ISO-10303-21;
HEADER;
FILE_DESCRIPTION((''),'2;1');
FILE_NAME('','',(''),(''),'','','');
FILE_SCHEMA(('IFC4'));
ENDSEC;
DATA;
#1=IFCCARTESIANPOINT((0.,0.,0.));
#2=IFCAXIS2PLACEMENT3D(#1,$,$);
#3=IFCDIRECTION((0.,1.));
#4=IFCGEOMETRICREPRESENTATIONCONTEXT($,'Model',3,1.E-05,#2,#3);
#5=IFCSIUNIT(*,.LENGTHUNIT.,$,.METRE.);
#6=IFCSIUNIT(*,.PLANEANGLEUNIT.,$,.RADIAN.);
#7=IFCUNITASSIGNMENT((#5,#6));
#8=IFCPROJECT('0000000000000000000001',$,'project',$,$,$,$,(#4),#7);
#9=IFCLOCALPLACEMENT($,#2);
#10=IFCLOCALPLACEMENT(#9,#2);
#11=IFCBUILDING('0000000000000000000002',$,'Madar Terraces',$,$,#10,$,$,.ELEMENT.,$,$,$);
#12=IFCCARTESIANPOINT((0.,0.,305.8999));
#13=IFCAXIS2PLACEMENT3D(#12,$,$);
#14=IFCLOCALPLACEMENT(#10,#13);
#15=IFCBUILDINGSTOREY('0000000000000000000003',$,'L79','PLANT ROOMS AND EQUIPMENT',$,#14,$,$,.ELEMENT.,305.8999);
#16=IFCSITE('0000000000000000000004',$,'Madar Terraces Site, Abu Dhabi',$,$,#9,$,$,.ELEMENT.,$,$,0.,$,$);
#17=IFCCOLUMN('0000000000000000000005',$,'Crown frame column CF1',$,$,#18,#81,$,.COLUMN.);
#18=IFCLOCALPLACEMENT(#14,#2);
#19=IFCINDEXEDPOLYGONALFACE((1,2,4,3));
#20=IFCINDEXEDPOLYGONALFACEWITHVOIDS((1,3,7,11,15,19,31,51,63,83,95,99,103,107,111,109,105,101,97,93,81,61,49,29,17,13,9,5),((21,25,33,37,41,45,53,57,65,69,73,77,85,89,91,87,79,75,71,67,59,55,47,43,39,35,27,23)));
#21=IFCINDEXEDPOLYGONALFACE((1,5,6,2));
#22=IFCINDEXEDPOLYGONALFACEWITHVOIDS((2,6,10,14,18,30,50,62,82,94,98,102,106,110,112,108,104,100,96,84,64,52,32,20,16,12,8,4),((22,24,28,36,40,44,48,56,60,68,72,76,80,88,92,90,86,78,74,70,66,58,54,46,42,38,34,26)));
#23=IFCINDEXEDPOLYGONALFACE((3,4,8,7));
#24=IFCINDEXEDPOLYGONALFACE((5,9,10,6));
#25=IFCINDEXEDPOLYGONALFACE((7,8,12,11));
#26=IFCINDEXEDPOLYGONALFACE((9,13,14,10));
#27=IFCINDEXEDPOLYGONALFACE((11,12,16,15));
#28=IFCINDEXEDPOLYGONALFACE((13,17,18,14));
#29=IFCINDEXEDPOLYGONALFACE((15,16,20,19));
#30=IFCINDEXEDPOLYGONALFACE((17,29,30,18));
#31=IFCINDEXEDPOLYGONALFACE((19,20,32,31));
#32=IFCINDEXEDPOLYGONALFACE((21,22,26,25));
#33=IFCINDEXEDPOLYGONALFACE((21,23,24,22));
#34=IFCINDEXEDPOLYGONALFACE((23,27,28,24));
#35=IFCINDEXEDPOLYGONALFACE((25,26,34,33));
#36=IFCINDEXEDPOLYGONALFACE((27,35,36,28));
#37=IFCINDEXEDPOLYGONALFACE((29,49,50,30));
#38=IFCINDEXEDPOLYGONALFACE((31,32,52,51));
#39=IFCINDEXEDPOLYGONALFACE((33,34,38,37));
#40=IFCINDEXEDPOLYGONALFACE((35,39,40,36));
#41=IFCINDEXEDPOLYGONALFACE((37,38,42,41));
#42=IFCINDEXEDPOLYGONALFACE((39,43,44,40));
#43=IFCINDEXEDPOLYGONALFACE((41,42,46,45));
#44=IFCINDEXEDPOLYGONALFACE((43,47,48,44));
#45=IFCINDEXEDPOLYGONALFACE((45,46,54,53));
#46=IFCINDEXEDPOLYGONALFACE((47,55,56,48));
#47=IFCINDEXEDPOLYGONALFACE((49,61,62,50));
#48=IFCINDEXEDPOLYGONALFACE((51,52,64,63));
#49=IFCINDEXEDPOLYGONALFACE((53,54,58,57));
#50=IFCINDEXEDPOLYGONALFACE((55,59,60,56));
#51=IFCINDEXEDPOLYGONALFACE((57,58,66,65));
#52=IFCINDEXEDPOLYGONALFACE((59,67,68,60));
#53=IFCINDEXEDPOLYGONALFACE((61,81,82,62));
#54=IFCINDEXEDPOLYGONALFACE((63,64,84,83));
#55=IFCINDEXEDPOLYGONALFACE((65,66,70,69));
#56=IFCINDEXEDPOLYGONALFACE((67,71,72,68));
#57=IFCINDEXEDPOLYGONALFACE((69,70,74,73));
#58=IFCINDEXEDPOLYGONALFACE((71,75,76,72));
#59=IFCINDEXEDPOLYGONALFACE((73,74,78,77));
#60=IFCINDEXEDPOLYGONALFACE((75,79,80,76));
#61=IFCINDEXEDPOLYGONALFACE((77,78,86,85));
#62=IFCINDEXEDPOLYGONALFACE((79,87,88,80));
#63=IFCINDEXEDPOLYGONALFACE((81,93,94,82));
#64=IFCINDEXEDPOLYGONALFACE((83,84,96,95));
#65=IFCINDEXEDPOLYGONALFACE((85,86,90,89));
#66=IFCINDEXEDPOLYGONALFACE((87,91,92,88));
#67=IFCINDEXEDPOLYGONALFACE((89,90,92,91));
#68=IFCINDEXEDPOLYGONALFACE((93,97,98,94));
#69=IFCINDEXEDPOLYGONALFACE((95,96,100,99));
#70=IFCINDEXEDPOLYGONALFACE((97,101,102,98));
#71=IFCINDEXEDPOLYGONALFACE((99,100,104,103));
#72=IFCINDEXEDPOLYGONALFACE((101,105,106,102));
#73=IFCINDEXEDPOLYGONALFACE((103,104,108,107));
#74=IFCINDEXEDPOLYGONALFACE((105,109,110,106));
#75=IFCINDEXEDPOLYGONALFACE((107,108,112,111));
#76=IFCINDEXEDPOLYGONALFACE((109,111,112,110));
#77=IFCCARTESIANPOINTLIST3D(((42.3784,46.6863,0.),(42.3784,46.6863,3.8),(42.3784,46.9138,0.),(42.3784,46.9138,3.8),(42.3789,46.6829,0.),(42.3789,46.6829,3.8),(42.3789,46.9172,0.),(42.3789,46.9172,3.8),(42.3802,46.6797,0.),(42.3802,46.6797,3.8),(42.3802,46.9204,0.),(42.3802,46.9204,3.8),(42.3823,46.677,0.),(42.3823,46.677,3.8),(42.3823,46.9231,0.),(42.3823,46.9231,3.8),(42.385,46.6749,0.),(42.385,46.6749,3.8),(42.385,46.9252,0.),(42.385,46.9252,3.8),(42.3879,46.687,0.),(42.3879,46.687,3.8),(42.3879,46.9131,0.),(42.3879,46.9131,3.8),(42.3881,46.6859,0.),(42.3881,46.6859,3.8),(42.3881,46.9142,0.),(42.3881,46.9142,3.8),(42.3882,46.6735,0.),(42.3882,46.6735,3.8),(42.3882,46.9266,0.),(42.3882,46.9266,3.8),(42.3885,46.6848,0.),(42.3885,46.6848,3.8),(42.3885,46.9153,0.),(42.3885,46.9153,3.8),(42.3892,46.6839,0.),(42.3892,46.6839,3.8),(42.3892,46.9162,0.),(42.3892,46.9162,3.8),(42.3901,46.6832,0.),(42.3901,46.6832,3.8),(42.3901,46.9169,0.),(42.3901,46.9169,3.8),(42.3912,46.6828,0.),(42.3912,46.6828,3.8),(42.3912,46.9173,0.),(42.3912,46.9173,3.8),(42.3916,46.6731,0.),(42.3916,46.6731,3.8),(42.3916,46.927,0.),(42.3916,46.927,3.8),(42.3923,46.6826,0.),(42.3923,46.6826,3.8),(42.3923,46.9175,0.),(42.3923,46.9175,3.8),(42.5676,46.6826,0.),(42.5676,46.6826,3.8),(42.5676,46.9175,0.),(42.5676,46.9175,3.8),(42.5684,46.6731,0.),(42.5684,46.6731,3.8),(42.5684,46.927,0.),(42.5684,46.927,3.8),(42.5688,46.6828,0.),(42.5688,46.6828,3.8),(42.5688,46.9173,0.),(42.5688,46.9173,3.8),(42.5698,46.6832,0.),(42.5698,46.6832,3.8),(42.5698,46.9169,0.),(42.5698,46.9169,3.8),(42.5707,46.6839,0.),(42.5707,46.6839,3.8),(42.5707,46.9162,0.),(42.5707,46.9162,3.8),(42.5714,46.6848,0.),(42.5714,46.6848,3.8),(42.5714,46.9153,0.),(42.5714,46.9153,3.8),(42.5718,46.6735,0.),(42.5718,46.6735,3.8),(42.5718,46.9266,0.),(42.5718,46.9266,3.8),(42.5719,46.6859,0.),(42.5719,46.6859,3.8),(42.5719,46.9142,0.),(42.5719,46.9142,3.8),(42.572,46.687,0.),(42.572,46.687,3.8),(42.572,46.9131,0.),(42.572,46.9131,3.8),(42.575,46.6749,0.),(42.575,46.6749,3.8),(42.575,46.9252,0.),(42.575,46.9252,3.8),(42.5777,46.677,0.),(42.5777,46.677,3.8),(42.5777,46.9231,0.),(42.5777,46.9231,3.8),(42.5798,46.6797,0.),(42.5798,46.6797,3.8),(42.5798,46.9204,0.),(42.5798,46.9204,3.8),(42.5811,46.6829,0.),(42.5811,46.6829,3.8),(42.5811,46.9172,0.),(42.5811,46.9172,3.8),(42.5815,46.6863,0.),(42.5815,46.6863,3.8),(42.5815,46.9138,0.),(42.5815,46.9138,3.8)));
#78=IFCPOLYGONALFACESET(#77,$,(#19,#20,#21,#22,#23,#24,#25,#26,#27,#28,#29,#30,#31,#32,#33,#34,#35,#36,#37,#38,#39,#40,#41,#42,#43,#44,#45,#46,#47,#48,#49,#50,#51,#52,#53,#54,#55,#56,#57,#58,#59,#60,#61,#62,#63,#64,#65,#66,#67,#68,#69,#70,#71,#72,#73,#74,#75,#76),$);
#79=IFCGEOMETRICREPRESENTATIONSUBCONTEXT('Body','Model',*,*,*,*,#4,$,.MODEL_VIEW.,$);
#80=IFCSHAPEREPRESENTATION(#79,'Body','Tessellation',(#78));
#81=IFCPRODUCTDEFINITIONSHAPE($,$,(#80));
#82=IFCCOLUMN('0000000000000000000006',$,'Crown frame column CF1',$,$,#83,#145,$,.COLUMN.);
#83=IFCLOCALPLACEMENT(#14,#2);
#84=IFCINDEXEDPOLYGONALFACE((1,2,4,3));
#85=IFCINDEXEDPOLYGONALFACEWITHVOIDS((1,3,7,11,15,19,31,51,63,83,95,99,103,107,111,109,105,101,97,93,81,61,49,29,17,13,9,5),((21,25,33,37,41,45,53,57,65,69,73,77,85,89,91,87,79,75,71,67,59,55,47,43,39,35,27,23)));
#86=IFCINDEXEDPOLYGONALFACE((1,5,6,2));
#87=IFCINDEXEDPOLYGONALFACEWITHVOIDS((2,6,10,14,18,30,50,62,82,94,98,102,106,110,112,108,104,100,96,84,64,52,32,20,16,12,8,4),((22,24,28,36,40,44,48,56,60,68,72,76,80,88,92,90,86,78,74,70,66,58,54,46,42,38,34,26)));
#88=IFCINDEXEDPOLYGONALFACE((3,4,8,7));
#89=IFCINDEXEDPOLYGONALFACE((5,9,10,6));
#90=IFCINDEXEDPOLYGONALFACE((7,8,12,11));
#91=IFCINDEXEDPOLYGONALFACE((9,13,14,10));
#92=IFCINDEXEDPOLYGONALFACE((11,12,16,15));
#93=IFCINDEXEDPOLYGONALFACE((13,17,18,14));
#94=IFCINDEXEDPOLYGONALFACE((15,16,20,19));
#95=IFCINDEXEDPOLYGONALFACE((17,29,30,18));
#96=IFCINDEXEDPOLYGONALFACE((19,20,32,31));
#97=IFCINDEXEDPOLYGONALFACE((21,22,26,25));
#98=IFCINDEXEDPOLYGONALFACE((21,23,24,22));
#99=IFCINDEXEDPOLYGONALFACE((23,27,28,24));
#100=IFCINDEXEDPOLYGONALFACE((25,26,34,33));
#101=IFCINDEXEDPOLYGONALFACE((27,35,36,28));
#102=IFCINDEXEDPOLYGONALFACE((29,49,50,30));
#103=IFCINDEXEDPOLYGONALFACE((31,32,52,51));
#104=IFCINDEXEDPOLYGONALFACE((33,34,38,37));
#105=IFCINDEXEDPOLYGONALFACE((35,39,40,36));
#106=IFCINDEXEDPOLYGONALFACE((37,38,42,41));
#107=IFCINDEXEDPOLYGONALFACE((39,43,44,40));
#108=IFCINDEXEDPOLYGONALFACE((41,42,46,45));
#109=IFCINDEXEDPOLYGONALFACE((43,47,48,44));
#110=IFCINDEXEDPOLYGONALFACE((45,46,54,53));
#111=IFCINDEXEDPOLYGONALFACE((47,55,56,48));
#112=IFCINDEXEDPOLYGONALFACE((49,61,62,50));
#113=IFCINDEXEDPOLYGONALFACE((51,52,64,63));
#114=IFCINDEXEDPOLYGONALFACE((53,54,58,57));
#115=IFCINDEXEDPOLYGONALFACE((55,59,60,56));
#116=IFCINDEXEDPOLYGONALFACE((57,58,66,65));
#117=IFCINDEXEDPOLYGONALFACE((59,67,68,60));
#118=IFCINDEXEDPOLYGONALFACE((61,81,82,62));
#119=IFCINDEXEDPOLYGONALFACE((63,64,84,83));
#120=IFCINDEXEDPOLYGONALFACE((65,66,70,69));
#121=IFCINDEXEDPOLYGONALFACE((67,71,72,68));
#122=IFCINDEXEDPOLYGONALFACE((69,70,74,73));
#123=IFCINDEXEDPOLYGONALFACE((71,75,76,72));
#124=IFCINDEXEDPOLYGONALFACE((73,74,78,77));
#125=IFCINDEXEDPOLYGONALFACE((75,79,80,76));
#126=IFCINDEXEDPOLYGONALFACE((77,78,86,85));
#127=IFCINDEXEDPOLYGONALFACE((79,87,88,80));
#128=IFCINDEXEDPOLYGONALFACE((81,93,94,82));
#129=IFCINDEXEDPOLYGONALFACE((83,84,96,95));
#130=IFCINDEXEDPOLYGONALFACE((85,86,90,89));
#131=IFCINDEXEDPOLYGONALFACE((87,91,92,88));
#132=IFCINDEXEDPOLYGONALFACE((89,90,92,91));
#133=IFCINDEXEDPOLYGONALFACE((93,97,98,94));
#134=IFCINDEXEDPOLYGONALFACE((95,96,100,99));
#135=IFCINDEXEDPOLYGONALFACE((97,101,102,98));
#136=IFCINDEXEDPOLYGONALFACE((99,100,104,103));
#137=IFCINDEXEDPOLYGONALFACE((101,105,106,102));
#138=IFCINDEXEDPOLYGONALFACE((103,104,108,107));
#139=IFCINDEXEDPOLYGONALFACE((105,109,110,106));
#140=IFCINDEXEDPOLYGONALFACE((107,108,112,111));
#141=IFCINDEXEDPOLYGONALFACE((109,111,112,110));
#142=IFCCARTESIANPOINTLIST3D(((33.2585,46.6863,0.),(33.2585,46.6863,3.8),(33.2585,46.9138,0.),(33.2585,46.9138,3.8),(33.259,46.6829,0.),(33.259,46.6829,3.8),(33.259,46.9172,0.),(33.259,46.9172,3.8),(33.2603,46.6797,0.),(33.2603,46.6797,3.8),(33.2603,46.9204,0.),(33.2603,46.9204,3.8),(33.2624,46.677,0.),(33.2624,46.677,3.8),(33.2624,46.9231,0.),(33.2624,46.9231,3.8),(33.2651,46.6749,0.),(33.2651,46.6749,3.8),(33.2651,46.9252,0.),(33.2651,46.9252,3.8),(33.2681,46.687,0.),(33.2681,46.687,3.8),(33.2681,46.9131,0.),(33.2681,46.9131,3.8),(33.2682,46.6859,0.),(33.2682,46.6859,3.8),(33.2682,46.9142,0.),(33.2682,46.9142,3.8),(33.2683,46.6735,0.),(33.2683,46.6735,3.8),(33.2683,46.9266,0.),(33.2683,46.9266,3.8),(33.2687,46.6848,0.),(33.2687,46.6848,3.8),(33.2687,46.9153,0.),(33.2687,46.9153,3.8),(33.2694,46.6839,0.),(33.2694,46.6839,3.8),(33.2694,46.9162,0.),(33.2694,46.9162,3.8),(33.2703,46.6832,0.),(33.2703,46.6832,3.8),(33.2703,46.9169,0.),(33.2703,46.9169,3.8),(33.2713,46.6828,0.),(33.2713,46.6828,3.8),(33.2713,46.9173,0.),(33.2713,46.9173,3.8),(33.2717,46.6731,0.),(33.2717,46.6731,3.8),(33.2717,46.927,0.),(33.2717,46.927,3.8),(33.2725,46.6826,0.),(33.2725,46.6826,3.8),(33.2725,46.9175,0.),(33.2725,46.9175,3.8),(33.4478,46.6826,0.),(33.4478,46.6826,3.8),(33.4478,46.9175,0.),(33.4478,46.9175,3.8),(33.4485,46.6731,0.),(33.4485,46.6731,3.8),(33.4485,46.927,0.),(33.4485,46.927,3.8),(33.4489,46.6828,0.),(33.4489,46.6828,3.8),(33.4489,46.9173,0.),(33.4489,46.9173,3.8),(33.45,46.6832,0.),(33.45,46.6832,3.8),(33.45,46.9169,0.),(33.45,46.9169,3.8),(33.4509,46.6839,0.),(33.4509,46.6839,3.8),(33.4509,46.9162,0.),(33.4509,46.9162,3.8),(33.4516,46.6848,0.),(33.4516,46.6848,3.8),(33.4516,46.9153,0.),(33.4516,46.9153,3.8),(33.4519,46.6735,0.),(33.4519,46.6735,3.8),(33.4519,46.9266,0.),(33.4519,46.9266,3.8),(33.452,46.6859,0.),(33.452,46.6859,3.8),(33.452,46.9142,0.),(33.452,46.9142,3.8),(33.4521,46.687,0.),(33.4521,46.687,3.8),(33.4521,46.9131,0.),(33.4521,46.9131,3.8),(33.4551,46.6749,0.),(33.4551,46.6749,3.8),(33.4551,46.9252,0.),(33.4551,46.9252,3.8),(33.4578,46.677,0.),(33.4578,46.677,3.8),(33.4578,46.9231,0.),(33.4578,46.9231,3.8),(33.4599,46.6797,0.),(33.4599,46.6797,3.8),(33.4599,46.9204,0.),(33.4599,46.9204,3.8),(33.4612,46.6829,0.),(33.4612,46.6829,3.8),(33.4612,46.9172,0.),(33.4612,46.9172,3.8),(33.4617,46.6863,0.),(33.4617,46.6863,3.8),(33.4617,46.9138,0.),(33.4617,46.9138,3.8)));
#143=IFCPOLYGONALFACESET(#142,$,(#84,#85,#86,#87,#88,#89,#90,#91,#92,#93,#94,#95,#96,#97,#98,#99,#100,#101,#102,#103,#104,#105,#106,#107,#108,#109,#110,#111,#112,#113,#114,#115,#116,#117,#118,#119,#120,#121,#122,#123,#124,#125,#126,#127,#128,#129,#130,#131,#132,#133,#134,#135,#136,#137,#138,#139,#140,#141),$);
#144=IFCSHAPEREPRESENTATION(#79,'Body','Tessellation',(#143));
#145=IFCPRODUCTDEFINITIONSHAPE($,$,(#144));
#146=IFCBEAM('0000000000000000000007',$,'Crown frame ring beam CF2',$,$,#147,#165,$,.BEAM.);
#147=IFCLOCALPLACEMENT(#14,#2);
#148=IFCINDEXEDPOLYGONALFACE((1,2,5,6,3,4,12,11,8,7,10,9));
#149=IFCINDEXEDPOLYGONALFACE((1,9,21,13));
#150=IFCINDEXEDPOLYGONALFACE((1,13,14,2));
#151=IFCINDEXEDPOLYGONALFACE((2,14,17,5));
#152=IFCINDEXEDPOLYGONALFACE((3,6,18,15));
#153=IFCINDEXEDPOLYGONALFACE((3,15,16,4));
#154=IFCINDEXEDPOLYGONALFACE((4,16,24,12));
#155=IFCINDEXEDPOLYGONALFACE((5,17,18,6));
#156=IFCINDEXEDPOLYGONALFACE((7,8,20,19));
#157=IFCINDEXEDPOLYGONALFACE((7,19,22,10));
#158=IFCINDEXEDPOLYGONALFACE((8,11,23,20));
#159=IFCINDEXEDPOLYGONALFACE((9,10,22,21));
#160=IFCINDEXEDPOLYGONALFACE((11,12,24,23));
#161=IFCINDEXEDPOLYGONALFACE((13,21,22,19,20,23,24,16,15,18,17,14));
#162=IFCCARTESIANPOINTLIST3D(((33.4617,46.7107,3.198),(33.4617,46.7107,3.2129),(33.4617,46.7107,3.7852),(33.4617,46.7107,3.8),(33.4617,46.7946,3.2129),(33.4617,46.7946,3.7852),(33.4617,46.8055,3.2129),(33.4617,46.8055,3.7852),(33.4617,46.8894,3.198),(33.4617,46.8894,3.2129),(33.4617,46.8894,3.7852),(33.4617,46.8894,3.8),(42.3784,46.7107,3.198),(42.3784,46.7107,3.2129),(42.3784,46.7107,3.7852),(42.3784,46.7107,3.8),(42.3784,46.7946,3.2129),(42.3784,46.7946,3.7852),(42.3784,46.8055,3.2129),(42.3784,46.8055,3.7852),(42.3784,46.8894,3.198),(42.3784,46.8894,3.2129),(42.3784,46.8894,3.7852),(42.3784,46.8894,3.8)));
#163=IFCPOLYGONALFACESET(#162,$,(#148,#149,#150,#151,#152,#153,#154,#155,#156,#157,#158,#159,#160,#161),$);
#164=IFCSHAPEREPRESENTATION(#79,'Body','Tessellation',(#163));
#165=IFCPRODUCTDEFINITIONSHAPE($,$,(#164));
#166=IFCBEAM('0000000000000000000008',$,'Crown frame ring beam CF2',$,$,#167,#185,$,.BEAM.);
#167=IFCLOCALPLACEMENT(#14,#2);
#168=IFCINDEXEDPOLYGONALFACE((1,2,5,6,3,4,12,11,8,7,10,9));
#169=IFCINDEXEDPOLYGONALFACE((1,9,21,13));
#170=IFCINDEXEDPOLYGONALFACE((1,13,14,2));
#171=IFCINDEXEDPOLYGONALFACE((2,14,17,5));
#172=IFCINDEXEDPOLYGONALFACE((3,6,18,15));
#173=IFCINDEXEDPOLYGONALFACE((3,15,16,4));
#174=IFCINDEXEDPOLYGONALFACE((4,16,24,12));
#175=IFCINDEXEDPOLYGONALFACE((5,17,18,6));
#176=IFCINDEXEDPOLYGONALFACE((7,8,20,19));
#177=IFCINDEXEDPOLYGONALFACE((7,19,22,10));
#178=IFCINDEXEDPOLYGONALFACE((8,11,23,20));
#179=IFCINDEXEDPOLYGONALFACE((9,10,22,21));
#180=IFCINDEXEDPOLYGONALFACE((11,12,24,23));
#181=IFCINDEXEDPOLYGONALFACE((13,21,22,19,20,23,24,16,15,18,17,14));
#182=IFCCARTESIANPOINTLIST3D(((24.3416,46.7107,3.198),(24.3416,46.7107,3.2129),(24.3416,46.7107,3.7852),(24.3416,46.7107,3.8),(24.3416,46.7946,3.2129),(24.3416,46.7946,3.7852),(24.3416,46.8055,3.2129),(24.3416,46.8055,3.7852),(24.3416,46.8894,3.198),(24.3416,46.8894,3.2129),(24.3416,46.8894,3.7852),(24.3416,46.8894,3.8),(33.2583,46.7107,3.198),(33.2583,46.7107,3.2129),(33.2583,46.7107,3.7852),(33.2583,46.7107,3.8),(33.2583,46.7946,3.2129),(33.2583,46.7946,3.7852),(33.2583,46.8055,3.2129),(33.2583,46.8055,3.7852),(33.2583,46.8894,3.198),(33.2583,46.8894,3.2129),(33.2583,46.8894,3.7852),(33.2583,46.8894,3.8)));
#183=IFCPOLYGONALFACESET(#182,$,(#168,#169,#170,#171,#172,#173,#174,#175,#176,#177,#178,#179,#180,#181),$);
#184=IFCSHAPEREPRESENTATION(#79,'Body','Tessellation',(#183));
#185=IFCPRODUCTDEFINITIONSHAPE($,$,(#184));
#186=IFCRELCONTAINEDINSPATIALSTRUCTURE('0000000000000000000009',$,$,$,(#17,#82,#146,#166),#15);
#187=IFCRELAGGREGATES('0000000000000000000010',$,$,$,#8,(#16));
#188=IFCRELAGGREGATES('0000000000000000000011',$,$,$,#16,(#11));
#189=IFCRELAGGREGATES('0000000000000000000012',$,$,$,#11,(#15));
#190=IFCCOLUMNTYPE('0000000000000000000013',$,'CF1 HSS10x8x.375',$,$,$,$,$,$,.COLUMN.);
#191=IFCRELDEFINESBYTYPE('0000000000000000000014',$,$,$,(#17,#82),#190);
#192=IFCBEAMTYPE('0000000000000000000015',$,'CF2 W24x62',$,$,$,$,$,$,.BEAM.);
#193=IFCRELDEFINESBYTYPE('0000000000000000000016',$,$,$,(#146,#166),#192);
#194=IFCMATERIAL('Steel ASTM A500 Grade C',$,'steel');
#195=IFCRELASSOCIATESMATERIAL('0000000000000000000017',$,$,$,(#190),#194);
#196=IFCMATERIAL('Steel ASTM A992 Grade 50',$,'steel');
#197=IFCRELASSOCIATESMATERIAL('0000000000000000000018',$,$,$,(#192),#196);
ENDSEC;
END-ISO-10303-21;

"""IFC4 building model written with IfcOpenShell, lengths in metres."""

from ifc_helpers import new_model, si_unit, direction, frame, origin, origin_2d, place, context, subcontext, project, spatial, hollow_rectangle, i_section, extrude, material, material_profile, profile_set, type_object, element, save


model = new_model("IFC4")

# Units and contexts
model_context = context("Model", 3, precision=1e-05, world=origin(), true_north=direction((0.0, 1.0)))
body_context = subcontext(model_context, "Body", "Model", "MODEL_VIEW")
ifc_project = project(units=[si_unit("LENGTHUNIT", "METRE"), si_unit("PLANEANGLEUNIT", "RADIAN")], contexts=[model_context])

# Site, building, storey
site_placement = place(None, origin())
site = spatial("IfcSite", under=ifc_project, at=site_placement, Name="Madar Terraces Site, Abu Dhabi", CompositionType="ELEMENT", RefElevation=0.0)
building_placement = place(site_placement, origin())
building = spatial("IfcBuilding", under=site, at=building_placement, Name="Madar Terraces", CompositionType="ELEMENT")
storey_placement = place(building_placement, frame((0.0, 0.0, 305.8999)))
storey = spatial("IfcBuildingStorey", under=building, at=storey_placement, Name="L79", Description="PLANT ROOMS AND EQUIPMENT", CompositionType="ELEMENT", Elevation=305.8999)

# Columns
ifc_material_1 = material(Name="Steel ASTM A500 Grade C", Category="steel")
ifc_material_profile_1 = material_profile(ifc_material_1, hollow_rectangle(XDim=0.2031, YDim=0.2539, WallThickness=0.0095, InnerFilletRadius=0.0044, OuterFilletRadius=0.0132, at=origin_2d()), Name="HSS10x8x.375")
ifc_profile_set_1 = profile_set([ifc_material_profile_1], Name="Steel ASTM A500 Grade C")
column_type = type_object("IfcColumnType", Name="CF1 HSS10x8x.375", PredefinedType="COLUMN", material=ifc_profile_set_1)
for number, where, z_axis, x_axis, name in (
    (1, (42.48, 46.8, 0.0), (0.0, 0.0, 1.0), (1.0, 0.0, 0.0), "Crown frame column CF1"),
    (2, (33.3601, 46.8, 0.0), (0.0, 0.0, 1.0), (1.0, 0.0, 0.0), "Crown frame column CF1"),
):
    element("IfcColumn", number, at=place(storey_placement, frame(where, z_axis=z_axis, x_axis=x_axis)), inside=storey, type_object=column_type, Name=name, PredefinedType="COLUMN", context=body_context, shape_type="SweptSolid", body=[
        extrude(hollow_rectangle(XDim=0.2031, YDim=0.2539, WallThickness=0.0095, InnerFilletRadius=0.0044, OuterFilletRadius=0.0132, at=origin_2d()), origin(), (0.0, 0.0, 1.0), 3.8),
    ])

# Beams
ifc_material_2 = material(Name="Steel ASTM A992 Grade 50", Category="steel")
ifc_material_profile_2 = material_profile(ifc_material_2, i_section(OverallWidth=0.1787, OverallDepth=0.6021, WebThickness=0.011, FlangeThickness=0.0149, at=origin_2d()), Name="W24x62")
ifc_profile_set_2 = profile_set([ifc_material_profile_2], Name="Steel ASTM A992 Grade 50")
beam_type = type_object("IfcBeamType", Name="CF2 W24x62", PredefinedType="BEAM", material=ifc_profile_set_2)
for number, where, z_axis, x_axis, name in (
    (3, (42.3784, 46.8, 3.499), (-1.0, 0.0, 0.0), (0.0, -1.0, 0.0), "Crown frame ring beam CF2"),
    (4, (33.2583, 46.8, 3.499), (-1.0, 0.0, 0.0), (0.0, -1.0, 0.0), "Crown frame ring beam CF2"),
):
    element("IfcBeam", number, at=place(storey_placement, frame(where, z_axis=z_axis, x_axis=x_axis)), inside=storey, type_object=beam_type, Name=name, PredefinedType="BEAM", context=body_context, shape_type="SweptSolid", body=[
        extrude(i_section(OverallWidth=0.1787, OverallDepth=0.6021, WebThickness=0.011, FlangeThickness=0.0149, at=origin_2d()), origin(), (0.0, 0.0, 1.0), 8.9167),
    ])

save(model, "model.ifc")
